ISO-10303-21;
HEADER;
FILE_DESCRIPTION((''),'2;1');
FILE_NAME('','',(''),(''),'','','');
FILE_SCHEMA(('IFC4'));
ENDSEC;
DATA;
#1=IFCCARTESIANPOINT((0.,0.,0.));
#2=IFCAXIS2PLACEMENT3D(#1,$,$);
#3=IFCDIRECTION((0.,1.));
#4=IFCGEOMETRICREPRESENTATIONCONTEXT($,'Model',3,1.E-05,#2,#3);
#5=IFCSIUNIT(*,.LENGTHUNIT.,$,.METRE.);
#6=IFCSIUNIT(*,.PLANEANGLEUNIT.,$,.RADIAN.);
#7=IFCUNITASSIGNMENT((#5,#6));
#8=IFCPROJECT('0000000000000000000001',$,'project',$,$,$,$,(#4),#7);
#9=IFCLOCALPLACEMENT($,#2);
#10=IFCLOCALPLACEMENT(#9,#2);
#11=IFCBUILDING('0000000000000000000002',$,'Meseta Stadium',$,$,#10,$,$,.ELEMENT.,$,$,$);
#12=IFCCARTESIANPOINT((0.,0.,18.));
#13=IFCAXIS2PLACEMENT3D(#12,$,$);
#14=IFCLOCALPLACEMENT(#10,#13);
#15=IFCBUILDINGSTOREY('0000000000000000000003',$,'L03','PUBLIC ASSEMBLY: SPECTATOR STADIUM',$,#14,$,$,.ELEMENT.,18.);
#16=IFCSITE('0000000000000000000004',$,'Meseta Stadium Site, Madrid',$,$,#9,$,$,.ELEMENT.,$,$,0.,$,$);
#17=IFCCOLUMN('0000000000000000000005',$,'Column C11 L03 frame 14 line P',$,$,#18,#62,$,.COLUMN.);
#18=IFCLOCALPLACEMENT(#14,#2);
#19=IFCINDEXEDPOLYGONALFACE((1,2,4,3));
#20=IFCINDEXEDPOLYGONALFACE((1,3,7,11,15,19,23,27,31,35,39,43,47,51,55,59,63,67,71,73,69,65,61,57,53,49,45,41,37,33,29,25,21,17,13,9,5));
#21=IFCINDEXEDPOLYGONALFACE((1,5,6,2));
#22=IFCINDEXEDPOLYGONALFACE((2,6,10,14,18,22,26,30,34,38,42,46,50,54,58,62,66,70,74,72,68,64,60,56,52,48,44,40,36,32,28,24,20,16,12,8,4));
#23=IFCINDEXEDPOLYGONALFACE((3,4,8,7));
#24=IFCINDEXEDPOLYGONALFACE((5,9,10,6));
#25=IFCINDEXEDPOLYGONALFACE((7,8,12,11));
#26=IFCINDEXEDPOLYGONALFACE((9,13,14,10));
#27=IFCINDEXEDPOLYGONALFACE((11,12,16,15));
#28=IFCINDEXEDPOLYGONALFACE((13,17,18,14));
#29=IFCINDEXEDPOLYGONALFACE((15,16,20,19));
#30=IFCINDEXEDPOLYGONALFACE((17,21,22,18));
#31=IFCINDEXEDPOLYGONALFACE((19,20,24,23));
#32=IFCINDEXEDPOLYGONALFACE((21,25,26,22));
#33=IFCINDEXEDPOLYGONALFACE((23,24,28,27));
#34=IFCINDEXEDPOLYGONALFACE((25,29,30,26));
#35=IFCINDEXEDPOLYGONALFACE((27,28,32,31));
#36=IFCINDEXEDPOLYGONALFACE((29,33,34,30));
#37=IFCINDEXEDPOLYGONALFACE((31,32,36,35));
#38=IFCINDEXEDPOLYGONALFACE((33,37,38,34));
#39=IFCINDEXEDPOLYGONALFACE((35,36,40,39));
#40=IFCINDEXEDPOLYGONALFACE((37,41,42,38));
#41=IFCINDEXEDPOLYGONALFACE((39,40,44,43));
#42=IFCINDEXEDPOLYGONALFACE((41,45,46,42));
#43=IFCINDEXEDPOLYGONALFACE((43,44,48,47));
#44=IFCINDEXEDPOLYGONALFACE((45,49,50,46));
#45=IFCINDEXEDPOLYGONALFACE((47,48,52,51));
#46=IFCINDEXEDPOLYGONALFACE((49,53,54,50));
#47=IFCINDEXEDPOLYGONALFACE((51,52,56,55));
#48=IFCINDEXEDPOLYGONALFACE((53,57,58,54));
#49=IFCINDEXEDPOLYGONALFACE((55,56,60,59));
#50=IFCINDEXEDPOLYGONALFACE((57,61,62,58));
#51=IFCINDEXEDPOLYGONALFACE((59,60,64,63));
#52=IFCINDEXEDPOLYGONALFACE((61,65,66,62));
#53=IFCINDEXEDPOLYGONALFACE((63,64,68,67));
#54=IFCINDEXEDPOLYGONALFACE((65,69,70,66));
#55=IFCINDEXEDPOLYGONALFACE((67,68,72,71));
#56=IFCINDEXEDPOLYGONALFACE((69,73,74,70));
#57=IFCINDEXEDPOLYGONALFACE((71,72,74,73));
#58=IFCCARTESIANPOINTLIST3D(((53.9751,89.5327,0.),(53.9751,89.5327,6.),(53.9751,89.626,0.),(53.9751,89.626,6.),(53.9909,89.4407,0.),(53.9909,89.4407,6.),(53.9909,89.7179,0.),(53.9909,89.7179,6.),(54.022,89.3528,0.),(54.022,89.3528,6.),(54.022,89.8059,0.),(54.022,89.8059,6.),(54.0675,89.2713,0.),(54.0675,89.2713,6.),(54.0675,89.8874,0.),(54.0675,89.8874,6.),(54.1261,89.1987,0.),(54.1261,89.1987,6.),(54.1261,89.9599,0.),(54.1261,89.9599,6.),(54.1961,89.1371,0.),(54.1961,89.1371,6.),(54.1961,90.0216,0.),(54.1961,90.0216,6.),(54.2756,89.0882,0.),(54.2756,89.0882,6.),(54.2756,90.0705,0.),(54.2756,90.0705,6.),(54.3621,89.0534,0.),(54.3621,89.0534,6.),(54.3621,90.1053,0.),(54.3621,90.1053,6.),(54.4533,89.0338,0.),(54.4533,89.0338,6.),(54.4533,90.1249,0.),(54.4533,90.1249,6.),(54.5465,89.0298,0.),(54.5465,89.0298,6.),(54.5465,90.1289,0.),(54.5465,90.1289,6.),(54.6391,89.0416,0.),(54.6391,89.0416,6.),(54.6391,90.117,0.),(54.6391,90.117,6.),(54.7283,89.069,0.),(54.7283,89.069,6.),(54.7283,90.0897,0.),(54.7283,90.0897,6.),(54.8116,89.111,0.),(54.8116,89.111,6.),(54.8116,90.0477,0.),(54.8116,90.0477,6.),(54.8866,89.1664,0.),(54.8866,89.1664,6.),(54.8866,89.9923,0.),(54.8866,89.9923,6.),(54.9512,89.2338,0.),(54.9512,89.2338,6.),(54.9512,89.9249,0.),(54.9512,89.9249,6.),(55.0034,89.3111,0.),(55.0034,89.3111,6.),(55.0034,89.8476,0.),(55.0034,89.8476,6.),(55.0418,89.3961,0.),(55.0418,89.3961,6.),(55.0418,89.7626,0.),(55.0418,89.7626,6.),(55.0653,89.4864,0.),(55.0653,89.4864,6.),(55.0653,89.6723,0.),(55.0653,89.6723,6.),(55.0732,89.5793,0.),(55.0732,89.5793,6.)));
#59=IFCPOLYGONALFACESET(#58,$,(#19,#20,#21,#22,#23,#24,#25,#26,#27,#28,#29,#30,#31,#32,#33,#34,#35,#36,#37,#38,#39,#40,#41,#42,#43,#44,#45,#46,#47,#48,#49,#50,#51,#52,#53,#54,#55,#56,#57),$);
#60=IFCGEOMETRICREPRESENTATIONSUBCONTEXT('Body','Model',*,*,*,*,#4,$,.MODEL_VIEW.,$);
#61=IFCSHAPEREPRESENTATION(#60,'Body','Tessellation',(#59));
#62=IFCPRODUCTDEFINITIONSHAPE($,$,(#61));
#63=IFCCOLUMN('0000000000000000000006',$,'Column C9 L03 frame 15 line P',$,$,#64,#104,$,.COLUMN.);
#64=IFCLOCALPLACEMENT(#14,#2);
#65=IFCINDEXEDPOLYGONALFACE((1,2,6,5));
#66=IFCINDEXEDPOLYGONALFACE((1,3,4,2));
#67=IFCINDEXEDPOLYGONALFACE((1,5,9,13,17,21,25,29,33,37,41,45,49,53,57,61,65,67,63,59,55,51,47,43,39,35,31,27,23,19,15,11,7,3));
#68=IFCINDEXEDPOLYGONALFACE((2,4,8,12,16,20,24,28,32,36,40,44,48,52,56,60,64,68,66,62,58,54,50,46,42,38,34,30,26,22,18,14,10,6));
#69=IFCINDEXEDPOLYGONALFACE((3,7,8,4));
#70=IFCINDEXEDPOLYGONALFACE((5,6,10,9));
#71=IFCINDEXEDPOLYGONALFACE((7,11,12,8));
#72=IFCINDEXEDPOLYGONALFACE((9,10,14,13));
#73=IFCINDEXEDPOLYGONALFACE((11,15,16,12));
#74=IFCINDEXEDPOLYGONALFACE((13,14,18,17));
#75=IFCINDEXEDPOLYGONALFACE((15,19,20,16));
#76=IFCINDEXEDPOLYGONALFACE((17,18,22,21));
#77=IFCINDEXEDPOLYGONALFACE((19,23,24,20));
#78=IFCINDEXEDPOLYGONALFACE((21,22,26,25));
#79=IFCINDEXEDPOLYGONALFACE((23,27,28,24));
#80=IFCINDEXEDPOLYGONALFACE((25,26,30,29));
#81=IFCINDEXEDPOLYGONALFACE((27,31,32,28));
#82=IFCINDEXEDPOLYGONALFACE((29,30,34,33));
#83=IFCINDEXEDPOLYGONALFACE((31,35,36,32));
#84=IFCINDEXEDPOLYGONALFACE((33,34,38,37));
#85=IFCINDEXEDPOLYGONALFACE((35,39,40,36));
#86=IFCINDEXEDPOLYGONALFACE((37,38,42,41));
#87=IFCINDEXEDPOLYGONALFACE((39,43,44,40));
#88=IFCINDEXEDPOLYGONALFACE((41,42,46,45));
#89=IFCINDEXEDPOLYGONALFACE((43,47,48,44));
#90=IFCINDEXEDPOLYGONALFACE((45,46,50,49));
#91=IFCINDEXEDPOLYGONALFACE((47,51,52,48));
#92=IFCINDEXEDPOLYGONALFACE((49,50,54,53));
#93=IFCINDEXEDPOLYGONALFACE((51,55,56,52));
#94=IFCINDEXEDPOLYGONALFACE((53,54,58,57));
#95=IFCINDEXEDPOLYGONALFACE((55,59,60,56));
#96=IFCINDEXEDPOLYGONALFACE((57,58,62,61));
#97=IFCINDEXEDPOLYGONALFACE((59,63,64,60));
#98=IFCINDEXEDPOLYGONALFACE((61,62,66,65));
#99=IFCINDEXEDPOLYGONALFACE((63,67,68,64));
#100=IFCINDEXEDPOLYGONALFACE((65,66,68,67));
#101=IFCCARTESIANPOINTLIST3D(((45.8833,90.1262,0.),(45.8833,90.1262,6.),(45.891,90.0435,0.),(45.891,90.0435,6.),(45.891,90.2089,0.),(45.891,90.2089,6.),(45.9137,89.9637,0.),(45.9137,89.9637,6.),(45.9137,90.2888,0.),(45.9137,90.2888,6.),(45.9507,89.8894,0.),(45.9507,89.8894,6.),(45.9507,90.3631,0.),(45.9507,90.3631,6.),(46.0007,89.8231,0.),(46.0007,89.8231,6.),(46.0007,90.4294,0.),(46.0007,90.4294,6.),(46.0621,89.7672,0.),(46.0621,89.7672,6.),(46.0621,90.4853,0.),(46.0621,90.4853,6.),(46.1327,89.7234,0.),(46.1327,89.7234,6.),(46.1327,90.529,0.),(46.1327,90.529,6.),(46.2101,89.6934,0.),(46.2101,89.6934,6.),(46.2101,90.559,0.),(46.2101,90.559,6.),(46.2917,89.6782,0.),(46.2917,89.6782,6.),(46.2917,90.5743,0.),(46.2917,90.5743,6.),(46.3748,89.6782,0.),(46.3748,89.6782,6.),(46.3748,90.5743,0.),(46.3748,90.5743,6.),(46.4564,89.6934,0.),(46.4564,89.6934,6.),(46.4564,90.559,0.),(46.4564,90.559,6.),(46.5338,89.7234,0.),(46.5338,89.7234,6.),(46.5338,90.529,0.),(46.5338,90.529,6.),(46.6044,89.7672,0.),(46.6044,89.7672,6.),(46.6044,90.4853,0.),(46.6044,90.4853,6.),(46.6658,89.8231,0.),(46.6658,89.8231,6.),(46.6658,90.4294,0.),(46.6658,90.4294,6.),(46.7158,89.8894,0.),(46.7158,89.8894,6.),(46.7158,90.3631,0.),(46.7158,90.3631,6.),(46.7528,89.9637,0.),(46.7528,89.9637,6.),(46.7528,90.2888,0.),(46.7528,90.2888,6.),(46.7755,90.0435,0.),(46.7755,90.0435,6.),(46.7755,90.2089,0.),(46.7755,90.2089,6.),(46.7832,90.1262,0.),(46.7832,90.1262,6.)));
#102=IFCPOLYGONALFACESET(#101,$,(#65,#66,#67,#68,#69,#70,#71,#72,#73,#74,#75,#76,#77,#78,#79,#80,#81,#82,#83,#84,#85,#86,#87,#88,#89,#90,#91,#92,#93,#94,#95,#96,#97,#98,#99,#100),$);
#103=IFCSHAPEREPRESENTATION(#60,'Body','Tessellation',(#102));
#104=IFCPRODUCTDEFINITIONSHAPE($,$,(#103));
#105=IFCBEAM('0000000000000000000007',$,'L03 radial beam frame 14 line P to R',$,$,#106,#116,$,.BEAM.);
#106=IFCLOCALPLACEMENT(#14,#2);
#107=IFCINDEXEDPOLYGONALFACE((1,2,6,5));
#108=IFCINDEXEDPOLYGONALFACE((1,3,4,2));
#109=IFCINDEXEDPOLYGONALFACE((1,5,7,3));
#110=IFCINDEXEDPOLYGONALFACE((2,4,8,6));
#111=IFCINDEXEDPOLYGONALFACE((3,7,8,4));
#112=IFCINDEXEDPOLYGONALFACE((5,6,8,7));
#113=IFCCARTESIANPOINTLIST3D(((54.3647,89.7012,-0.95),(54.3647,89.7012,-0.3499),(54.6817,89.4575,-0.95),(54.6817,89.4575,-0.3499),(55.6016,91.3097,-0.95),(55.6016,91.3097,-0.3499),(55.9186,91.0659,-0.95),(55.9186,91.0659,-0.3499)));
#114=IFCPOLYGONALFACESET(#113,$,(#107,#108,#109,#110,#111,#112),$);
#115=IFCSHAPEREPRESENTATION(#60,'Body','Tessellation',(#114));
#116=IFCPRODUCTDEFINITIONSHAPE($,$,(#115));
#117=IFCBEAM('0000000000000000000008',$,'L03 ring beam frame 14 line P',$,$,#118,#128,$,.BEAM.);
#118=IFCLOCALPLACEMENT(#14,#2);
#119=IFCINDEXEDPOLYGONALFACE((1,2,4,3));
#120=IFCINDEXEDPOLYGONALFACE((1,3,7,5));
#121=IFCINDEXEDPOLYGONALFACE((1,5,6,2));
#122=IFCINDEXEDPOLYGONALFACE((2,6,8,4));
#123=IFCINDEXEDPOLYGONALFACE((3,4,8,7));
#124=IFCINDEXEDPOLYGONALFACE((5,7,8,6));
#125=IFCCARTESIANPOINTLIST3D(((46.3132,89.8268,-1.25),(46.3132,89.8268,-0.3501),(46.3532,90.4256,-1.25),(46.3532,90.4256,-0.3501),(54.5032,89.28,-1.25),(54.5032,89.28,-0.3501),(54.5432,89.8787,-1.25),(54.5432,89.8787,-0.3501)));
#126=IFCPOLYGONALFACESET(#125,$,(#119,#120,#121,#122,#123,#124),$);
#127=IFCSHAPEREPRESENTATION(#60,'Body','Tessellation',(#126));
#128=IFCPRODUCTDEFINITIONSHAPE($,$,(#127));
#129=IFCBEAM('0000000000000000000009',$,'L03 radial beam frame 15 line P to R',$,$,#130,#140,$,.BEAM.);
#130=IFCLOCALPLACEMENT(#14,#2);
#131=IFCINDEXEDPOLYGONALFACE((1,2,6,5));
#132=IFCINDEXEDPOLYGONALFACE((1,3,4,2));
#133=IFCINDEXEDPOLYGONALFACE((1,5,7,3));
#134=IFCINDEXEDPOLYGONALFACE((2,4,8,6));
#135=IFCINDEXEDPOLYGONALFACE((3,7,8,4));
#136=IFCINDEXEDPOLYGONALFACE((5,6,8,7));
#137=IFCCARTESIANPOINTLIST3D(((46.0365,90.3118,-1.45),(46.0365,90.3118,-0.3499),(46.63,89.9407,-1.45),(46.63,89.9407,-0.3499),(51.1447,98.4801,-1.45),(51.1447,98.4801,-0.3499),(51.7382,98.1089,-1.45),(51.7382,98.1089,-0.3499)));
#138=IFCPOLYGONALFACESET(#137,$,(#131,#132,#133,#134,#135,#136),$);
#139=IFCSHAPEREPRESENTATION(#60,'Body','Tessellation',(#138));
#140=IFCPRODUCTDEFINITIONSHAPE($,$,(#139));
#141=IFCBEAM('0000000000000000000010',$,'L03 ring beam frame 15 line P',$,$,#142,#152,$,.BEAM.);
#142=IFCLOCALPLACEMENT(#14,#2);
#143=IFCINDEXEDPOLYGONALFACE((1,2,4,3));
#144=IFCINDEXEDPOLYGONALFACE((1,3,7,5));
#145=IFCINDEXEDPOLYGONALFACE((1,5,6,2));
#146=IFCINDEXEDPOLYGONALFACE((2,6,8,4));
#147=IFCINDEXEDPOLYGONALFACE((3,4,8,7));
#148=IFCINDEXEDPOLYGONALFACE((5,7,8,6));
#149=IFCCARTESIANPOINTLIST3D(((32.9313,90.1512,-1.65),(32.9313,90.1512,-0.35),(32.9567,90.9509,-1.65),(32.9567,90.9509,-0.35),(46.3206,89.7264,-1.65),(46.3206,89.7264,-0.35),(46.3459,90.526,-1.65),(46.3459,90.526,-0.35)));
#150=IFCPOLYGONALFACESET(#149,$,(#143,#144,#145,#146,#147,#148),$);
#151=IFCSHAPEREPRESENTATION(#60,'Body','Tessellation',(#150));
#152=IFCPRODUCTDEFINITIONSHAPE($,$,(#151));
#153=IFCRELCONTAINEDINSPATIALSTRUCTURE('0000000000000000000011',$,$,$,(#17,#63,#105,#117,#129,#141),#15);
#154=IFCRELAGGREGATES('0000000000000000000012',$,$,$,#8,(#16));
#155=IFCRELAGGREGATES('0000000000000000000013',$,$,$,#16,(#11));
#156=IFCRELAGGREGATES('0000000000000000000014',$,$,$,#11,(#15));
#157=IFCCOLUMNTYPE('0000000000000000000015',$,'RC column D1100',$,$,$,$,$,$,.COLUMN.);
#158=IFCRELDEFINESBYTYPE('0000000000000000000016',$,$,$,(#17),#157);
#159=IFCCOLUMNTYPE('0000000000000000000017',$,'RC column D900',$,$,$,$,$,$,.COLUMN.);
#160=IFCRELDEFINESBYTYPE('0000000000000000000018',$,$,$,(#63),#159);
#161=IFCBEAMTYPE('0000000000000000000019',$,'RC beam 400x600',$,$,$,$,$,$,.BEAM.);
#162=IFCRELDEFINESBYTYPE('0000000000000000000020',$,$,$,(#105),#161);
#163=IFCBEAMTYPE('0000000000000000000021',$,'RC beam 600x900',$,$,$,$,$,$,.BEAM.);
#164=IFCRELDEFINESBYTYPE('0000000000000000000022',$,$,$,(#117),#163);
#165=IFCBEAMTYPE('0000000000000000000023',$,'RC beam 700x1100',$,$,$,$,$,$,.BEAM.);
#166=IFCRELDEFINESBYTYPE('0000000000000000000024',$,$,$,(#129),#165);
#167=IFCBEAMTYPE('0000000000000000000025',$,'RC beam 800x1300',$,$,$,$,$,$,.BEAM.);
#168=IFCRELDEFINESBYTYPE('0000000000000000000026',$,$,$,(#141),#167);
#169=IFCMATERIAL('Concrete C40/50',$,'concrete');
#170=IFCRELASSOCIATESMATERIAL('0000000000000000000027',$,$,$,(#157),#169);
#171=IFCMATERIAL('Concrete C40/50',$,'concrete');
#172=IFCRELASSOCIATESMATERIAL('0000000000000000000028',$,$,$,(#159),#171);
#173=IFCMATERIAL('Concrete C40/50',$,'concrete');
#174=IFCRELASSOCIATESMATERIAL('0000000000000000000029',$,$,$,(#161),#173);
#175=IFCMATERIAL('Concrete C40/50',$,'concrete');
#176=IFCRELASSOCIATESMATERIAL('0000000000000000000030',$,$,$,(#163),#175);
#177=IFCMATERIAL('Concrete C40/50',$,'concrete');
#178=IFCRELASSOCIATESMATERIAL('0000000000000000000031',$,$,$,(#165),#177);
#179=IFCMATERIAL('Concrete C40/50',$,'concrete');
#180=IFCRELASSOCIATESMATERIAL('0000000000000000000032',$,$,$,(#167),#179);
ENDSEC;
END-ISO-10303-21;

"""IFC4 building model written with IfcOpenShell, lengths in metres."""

from ifc_helpers import new_model, si_unit, direction, frame, origin, origin_2d, place, context, subcontext, project, spatial, rectangle, circle, extrude, material, material_profile, profile_set, type_object, element, save


model = new_model("IFC4")

# Units and contexts
model_context = context("Model", 3, precision=1e-05, world=origin(), true_north=direction((0.0, 1.0)))
body_context = subcontext(model_context, "Body", "Model", "MODEL_VIEW")
ifc_project = project(units=[si_unit("LENGTHUNIT", "METRE"), si_unit("PLANEANGLEUNIT", "RADIAN")], contexts=[model_context])

# Site, building, storey
site_placement = place(None, origin())
site = spatial("IfcSite", under=ifc_project, at=site_placement, Name="Meseta Stadium Site, Madrid", CompositionType="ELEMENT", RefElevation=0.0)
building_placement = place(site_placement, origin())
building = spatial("IfcBuilding", under=site, at=building_placement, Name="Meseta Stadium", CompositionType="ELEMENT")
storey_placement = place(building_placement, frame((0.0, 0.0, 18.0)))
storey = spatial("IfcBuildingStorey", under=building, at=storey_placement, Name="L03", Description="PUBLIC ASSEMBLY: SPECTATOR STADIUM", CompositionType="ELEMENT", Elevation=18.0)

# Columns
ifc_material_1 = material(Name="Concrete C40/50", Category="concrete")
ifc_material_profile_1 = material_profile(ifc_material_1, circle(Radius=0.55, at=origin_2d()), Name="RC D1100")
ifc_profile_set_1 = profile_set([ifc_material_profile_1], Name="Concrete C40/50")
column_type_1 = type_object("IfcColumnType", Name="RC column D1100", PredefinedType="COLUMN", material=ifc_profile_set_1)
column_1_placement = place(storey_placement, frame((54.5232, 89.5793, 0.0), z_axis=(0.0, 0.0, 1.0), x_axis=(1.0, 0.0, 0.0)))
element("IfcColumn", 1, at=column_1_placement, inside=storey, type_object=column_type_1, Name="Column C11 L03 frame 14 line P", PredefinedType="COLUMN", context=body_context, shape_type="SweptSolid", body=[
    extrude(circle(Radius=0.55, at=origin_2d()), origin(), (0.0, 0.0, 1.0), 6.0),
])
ifc_material_2 = material(Name="Concrete C40/50", Category="concrete")
ifc_material_profile_2 = material_profile(ifc_material_2, circle(Radius=0.45, at=origin_2d()), Name="RC D900")
ifc_profile_set_2 = profile_set([ifc_material_profile_2], Name="Concrete C40/50")
column_type_2 = type_object("IfcColumnType", Name="RC column D900", PredefinedType="COLUMN", material=ifc_profile_set_2)
column_2_placement = place(storey_placement, frame((46.3333, 90.1262, 0.0), z_axis=(0.0, 0.0, 1.0), x_axis=(1.0, 0.0, 0.0)))
element("IfcColumn", 2, at=column_2_placement, inside=storey, type_object=column_type_2, Name="Column C9 L03 frame 15 line P", PredefinedType="COLUMN", context=body_context, shape_type="SweptSolid", body=[
    extrude(circle(Radius=0.45, at=origin_2d()), origin(), (0.0, 0.0, 1.0), 6.0),
])

# Beams
ifc_material_3 = material(Name="Concrete C40/50", Category="concrete")
ifc_material_profile_3 = material_profile(ifc_material_3, rectangle(XDim=0.3999, YDim=0.6001, at=origin_2d()), Name="RC 400x600")
ifc_profile_set_3 = profile_set([ifc_material_profile_3], Name="Concrete C40/50")
beam_type_1 = type_object("IfcBeamType", Name="RC beam 400x600", PredefinedType="BEAM", material=ifc_profile_set_3)
beam_1_placement = place(storey_placement, frame((54.5232, 89.5793, -0.6499), z_axis=(0.609583, 0.792722, 0.0), x_axis=(-0.792722, 0.609583, 0.0)))
element("IfcBeam", 3, at=beam_1_placement, inside=storey, type_object=beam_type_1, Name="L03 radial beam frame 14 line P to R", PredefinedType="BEAM", context=body_context, shape_type="SweptSolid", body=[
    extrude(rectangle(XDim=0.3999, YDim=0.6001, at=origin_2d()), origin(), (0.0, 0.0, 1.0), 2.0291),
])
ifc_material_4 = material(Name="Concrete C40/50", Category="concrete")
ifc_material_profile_4 = material_profile(ifc_material_4, rectangle(XDim=0.6001, YDim=0.8999, at=origin_2d()), Name="RC 600x900")
ifc_profile_set_4 = profile_set([ifc_material_profile_4], Name="Concrete C40/50")
beam_type_2 = type_object("IfcBeamType", Name="RC beam 600x900", PredefinedType="BEAM", material=ifc_profile_set_4)
beam_2_placement = place(storey_placement, frame((54.5232, 89.5793, -0.8), z_axis=(-0.997778, 0.066626, 0.0), x_axis=(-0.066626, -0.997778, 0.0)))
element("IfcBeam", 4, at=beam_2_placement, inside=storey, type_object=beam_type_2, Name="L03 ring beam frame 14 line P", PredefinedType="BEAM", context=body_context, shape_type="SweptSolid", body=[
    extrude(rectangle(XDim=0.6001, YDim=0.8999, at=origin_2d()), origin(), (0.0, 0.0, 1.0), 8.2083),
])
ifc_material_5 = material(Name="Concrete C40/50", Category="concrete")
ifc_material_profile_5 = material_profile(ifc_material_5, rectangle(XDim=0.7, YDim=1.1001, at=origin_2d()), Name="RC 700x1100")
ifc_profile_set_5 = profile_set([ifc_material_profile_5], Name="Concrete C40/50")
beam_type_3 = type_object("IfcBeamType", Name="RC beam 700x1100", PredefinedType="BEAM", material=ifc_profile_set_5)
beam_3_placement = place(storey_placement, frame((46.3333, 90.1262, -0.8999), z_axis=(0.530224, 0.847857, 0.0), x_axis=(-0.847857, 0.530224, 0.0)))
element("IfcBeam", 5, at=beam_3_placement, inside=storey, type_object=beam_type_3, Name="L03 radial beam frame 15 line P to R", PredefinedType="BEAM", context=body_context, shape_type="SweptSolid", body=[
    extrude(rectangle(XDim=0.7, YDim=1.1001, at=origin_2d()), origin(), (0.0, 0.0, 1.0), 9.634),
])
ifc_material_6 = material(Name="Concrete C40/50", Category="concrete")
ifc_material_profile_6 = material_profile(ifc_material_6, rectangle(XDim=0.8, YDim=1.3, at=origin_2d()), Name="RC 800x1300")
ifc_profile_set_6 = profile_set([ifc_material_profile_6], Name="Concrete C40/50")
beam_type_4 = type_object("IfcBeamType", Name="RC beam 800x1300", PredefinedType="BEAM", material=ifc_profile_set_6)
beam_4_placement = place(storey_placement, frame((46.3333, 90.1262, -1.0), z_axis=(-0.999497, 0.031712, 0.0), x_axis=(-0.031712, -0.999497, 0.0)))
element("IfcBeam", 6, at=beam_4_placement, inside=storey, type_object=beam_type_4, Name="L03 ring beam frame 15 line P", PredefinedType="BEAM", context=body_context, shape_type="SweptSolid", body=[
    extrude(rectangle(XDim=0.8, YDim=1.3, at=origin_2d()), origin(), (0.0, 0.0, 1.0), 13.396),
])

save(model, "model.ifc")
